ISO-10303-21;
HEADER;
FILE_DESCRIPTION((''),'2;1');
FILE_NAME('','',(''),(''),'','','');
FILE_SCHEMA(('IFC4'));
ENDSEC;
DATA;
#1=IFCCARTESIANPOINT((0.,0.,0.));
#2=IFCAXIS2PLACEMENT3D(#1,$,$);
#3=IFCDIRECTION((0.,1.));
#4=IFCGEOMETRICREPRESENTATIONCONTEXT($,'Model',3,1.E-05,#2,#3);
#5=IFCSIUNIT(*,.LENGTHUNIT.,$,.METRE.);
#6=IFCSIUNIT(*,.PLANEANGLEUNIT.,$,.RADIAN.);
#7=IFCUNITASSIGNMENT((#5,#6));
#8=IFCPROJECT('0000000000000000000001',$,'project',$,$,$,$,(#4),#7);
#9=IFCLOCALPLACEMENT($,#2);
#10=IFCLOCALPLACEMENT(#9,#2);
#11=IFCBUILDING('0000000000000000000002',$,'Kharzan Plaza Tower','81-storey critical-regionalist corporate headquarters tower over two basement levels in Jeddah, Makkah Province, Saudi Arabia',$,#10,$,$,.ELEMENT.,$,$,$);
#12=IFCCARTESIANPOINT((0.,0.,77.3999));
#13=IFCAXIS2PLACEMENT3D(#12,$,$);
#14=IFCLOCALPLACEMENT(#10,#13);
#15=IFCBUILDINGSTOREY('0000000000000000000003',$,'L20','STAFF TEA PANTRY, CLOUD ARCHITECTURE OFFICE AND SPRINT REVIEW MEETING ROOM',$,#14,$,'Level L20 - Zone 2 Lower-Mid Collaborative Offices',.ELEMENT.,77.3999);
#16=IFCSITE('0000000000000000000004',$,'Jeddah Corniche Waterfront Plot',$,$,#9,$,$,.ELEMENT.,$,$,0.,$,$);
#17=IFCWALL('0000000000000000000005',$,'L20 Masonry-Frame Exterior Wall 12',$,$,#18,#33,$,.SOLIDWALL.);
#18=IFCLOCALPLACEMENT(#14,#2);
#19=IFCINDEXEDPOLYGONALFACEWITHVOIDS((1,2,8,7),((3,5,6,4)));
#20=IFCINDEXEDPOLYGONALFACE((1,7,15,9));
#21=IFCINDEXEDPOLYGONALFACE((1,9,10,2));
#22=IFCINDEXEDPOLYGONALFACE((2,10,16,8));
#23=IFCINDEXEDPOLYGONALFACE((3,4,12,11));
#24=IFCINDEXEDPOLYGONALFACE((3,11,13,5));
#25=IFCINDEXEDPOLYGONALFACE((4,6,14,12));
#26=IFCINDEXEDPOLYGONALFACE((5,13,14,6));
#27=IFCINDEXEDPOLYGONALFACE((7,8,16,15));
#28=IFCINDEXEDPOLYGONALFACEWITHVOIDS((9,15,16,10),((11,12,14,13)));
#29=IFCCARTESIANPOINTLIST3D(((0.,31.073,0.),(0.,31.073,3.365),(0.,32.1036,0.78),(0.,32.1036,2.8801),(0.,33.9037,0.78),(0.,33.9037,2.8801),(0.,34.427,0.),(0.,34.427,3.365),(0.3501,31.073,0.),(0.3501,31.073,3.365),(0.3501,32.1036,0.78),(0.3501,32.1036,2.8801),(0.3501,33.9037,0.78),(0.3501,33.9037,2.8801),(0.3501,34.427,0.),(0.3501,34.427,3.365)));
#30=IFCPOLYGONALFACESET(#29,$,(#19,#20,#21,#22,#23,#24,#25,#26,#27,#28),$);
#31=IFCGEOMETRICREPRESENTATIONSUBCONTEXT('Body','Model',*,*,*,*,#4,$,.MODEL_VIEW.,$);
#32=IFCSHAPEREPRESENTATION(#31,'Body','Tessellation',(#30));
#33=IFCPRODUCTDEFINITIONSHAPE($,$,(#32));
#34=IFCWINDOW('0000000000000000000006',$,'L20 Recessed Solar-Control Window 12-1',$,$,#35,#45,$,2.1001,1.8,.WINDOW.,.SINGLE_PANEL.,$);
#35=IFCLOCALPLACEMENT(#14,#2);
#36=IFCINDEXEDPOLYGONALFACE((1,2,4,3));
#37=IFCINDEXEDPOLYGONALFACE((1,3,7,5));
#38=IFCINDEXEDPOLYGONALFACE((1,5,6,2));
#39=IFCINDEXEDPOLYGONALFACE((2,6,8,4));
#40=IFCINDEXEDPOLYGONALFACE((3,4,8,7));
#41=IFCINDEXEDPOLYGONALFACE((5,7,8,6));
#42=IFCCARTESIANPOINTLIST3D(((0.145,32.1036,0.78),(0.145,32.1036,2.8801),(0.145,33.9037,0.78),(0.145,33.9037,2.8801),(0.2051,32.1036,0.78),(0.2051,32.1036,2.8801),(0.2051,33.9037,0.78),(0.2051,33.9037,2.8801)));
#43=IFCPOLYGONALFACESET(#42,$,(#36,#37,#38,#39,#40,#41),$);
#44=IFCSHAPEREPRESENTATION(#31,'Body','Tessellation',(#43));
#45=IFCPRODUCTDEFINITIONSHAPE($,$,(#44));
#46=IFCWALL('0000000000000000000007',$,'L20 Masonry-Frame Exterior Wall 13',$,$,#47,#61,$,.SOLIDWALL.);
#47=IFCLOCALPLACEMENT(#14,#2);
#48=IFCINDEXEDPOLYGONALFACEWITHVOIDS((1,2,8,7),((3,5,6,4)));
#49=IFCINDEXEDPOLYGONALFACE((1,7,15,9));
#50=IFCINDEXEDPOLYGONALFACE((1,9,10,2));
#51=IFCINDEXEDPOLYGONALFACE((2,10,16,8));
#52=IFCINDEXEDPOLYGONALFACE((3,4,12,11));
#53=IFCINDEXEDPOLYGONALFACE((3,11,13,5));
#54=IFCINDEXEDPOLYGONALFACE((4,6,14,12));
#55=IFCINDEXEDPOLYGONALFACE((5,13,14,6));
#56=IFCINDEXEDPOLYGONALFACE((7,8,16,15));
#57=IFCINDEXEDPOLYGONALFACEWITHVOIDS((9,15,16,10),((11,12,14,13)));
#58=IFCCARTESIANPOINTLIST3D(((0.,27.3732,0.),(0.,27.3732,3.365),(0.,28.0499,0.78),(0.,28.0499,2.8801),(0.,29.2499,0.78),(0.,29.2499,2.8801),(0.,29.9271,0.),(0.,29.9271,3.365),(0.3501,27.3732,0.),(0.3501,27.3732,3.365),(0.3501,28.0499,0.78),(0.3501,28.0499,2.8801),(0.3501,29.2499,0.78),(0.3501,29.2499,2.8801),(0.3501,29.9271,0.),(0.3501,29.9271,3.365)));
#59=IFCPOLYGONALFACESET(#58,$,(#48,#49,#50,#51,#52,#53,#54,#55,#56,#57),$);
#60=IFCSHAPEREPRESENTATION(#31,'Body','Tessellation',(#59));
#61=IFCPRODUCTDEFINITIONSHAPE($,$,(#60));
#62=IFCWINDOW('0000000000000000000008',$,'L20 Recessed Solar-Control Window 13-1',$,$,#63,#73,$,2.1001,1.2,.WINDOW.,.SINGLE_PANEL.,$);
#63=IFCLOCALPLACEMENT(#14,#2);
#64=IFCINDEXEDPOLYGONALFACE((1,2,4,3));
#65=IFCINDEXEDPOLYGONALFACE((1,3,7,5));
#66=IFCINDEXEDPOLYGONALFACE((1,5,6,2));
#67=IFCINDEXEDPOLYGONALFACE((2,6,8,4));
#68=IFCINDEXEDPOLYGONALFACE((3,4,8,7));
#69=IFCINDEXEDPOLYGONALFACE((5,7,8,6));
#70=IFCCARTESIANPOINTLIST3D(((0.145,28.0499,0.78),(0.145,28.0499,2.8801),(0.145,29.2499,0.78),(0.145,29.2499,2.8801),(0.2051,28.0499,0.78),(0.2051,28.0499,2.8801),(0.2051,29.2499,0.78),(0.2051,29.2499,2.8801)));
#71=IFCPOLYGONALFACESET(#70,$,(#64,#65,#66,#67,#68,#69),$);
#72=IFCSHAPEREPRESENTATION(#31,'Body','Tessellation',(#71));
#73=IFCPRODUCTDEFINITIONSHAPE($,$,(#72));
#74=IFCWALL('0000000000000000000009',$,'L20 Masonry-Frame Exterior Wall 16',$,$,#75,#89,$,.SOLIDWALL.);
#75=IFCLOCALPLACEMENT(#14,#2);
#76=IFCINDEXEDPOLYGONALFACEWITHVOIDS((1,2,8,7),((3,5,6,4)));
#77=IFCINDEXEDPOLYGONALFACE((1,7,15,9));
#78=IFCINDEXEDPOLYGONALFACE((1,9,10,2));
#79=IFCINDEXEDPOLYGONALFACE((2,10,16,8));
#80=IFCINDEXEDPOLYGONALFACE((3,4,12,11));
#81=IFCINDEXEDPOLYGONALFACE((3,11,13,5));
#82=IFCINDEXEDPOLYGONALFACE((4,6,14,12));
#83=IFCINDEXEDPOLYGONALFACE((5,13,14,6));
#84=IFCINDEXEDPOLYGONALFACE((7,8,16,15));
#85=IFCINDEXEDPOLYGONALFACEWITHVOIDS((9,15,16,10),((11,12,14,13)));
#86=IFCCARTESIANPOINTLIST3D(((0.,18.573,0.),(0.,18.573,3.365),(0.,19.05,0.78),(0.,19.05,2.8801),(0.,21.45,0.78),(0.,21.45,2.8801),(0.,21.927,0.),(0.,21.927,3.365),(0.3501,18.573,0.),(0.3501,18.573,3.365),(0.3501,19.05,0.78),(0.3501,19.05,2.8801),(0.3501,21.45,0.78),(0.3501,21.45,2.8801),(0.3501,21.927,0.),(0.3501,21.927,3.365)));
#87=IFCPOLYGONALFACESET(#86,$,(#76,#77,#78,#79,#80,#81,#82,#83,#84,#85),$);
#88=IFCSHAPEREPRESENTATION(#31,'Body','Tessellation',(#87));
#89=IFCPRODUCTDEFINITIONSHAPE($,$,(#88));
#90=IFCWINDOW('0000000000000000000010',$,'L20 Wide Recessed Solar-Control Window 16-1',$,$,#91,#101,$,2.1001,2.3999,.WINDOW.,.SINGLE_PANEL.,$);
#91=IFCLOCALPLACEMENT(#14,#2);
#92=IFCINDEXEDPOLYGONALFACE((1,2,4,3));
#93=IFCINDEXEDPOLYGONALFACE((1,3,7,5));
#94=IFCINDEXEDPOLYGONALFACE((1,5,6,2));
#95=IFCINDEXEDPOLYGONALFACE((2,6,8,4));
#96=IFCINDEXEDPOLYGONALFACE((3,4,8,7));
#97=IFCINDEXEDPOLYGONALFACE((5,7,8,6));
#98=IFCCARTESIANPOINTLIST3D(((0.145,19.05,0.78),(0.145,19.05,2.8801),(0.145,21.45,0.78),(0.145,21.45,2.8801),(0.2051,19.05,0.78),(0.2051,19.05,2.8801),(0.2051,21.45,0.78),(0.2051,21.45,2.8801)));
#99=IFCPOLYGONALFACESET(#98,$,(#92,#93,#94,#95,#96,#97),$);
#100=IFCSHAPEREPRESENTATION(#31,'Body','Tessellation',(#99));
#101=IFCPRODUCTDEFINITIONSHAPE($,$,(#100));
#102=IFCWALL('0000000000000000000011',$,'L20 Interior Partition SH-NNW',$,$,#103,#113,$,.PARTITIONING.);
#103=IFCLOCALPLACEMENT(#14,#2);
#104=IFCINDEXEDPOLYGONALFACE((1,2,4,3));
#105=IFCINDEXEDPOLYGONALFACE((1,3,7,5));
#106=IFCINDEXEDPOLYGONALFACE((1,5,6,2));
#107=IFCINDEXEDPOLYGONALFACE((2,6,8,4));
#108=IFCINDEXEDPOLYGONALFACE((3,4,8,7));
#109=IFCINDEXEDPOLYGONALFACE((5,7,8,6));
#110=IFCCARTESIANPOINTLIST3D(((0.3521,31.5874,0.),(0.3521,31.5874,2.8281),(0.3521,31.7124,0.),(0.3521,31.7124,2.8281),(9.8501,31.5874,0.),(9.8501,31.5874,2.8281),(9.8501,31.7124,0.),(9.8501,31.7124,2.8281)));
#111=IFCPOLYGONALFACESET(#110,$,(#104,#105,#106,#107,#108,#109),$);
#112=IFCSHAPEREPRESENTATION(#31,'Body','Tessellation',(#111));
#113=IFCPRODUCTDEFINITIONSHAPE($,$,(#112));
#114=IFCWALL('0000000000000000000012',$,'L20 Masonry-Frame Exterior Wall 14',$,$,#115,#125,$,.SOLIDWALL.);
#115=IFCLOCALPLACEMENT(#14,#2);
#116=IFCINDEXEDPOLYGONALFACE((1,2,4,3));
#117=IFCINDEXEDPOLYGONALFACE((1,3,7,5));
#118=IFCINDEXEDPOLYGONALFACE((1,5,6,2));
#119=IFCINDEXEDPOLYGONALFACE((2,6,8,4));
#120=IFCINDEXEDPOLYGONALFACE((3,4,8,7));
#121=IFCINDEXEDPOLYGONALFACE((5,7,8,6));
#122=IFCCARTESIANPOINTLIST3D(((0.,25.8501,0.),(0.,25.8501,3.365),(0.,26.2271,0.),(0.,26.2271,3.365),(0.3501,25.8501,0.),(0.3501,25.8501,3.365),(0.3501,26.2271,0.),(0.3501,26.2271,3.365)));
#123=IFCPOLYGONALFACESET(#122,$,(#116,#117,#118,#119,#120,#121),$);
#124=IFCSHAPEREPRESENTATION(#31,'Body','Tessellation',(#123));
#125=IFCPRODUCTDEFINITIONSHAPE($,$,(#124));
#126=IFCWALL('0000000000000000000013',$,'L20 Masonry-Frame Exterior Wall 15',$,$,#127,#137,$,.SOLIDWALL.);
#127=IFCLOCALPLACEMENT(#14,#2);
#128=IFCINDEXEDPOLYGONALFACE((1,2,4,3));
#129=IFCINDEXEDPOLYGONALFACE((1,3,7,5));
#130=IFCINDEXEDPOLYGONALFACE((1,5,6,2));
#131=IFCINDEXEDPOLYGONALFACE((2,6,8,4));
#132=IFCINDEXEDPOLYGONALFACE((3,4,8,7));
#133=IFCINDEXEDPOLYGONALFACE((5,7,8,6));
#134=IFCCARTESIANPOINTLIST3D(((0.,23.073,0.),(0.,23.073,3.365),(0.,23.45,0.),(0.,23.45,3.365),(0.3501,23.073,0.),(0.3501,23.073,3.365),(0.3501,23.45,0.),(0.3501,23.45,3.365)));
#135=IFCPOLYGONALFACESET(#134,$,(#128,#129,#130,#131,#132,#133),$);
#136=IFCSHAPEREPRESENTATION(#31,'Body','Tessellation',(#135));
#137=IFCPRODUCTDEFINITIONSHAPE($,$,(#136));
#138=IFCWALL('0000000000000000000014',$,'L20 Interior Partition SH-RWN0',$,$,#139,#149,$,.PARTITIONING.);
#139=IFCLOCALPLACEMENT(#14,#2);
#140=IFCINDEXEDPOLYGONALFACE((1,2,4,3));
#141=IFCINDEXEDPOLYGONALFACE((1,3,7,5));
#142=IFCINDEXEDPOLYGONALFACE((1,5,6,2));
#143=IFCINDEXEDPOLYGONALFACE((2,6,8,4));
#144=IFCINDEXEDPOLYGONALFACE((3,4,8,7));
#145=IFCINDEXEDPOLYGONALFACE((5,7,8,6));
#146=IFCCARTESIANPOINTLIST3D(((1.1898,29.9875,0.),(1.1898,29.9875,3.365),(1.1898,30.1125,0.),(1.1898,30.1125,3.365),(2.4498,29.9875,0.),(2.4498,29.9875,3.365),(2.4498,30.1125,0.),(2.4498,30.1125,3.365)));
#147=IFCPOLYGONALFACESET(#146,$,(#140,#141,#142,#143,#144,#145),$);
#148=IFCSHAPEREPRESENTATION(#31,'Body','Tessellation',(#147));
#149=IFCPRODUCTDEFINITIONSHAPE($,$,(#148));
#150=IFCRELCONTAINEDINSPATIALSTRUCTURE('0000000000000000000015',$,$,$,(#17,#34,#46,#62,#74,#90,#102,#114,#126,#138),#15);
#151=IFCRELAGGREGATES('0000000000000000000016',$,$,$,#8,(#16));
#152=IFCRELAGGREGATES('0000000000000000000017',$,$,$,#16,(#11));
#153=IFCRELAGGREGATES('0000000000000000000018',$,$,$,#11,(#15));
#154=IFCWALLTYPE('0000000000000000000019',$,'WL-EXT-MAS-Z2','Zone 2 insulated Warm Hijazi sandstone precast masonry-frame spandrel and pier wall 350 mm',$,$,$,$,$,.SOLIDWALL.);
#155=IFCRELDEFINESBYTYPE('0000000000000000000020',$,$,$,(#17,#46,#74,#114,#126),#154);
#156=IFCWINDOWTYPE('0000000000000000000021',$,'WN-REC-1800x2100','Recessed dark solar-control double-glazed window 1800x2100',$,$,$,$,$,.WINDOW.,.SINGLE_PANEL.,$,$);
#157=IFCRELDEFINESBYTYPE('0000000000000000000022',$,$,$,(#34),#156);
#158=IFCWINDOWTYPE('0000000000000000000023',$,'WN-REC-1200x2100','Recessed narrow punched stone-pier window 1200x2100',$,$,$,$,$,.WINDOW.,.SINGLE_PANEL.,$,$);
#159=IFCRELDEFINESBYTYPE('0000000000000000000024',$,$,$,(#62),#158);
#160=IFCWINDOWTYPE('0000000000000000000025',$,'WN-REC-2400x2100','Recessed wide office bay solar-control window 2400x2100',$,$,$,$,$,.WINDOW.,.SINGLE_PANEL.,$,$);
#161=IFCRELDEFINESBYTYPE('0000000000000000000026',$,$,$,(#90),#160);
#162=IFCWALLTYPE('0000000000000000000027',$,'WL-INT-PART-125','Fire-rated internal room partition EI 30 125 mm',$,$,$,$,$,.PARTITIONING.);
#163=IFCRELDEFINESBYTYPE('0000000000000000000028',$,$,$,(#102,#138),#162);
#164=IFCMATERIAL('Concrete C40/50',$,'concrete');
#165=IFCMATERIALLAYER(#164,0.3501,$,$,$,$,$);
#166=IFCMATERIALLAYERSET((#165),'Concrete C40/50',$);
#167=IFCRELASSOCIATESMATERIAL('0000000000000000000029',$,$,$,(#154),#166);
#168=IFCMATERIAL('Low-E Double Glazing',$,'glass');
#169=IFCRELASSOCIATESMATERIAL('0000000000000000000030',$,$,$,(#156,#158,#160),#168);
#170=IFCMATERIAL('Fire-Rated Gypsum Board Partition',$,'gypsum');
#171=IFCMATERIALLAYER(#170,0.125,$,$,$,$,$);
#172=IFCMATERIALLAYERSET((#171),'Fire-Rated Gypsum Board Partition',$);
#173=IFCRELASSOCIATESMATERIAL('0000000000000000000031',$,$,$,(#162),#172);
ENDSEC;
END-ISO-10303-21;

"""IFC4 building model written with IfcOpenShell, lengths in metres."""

from ifc_helpers import new_model, si_unit, direction, frame, frame_2d, origin, place, context, subcontext, project, spatial, rectangle, extrude, source, transform, mapped, material, layer, layer_set, type_object, element, fill, save


model = new_model("IFC4")

# Units and contexts
model_context = context("Model", 3, precision=1e-05, world=origin(), true_north=direction((0.0, 1.0)))
body_context = subcontext(model_context, "Body", "Model", "MODEL_VIEW")
ifc_project = project(units=[si_unit("LENGTHUNIT", "METRE"), si_unit("PLANEANGLEUNIT", "RADIAN")], contexts=[model_context])

# Site, building, storey
site_placement = place(None, origin())
site = spatial("IfcSite", under=ifc_project, at=site_placement, Name="Jeddah Corniche Waterfront Plot", CompositionType="ELEMENT", RefElevation=0.0)
building_placement = place(site_placement, origin())
building = spatial("IfcBuilding", under=site, at=building_placement, Name="Kharzan Plaza Tower", Description="81-storey critical-regionalist corporate headquarters tower over two basement levels in Jeddah, Makkah Province, Saudi Arabia", CompositionType="ELEMENT")
storey_placement = place(building_placement, frame((0.0, 0.0, 77.3999)))
storey = spatial("IfcBuildingStorey", under=building, at=storey_placement, Name="L20", Description="STAFF TEA PANTRY, CLOUD ARCHITECTURE OFFICE AND SPRINT REVIEW MEETING ROOM", LongName="Level L20 - Zone 2 Lower-Mid Collaborative Offices", CompositionType="ELEMENT", Elevation=77.3999)

# Walls, openings, windows
ifc_material_1 = material(Name="Concrete C40/50", Category="concrete")
ifc_layer_1 = layer(ifc_material_1, 0.3501)
ifc_layer_set_1 = layer_set([ifc_layer_1], Name="Concrete C40/50")
wall_type_1 = type_object("IfcWallType", Name="WL-EXT-MAS-Z2", Description="Zone 2 insulated Warm Hijazi sandstone precast masonry-frame spandrel and pier wall 350 mm", PredefinedType="SOLIDWALL", material=ifc_layer_set_1)
wall_1_placement = place(storey_placement, frame((0.175, 34.427, 0.0), z_axis=(0.0, 0.0, 1.0), x_axis=(0.0, -1.0, 0.0)))
wall_1 = element("IfcWall", 1, at=wall_1_placement, inside=storey, type_object=wall_type_1, Name="L20 Masonry-Frame Exterior Wall 12", PredefinedType="SOLIDWALL", context=body_context, shape_type="SweptSolid", body=[
    extrude(rectangle(XDim=3.354, YDim=0.3501, at=frame_2d((1.677, 0.0))), origin(), (0.0, 0.0, 1.0), 3.365),
])
opening_1_placement = place(wall_1_placement, frame((0.5234, 0.0, 0.78)))
opening_1 = element("IfcOpeningElement", 2, at=opening_1_placement, cuts=wall_1, PredefinedType="OPENING", context=body_context, shape_type="SweptSolid", body=[
    extrude(rectangle(XDim=1.8, YDim=2.1001, at=frame_2d((0.8999, 1.05))), frame((0.0, 0.1851, 0.0), z_axis=(0.0, -1.0, 0.0), x_axis=(1.0, 0.0, 0.0)), (0.0, 0.0, 1.0), 0.3701),
])
ifc_material_2 = material(Name="Low-E Double Glazing", Category="glass")
window_type_1 = type_object("IfcWindowType", Name="WN-REC-1800x2100", Description="Recessed dark solar-control double-glazed window 1800x2100", PartitioningType="SINGLE_PANEL", PredefinedType="WINDOW", material=ifc_material_2)
shared_shape_1 = source(origin(), body_context, "Body", "SweptSolid", [
    extrude(rectangle(XDim=1.8, YDim=2.1001, at=frame_2d((0.8999, 1.05))), frame((0.0, 0.03, 0.0), z_axis=(0.0, -1.0, 0.0), x_axis=(1.0, 0.0, 0.0)), (0.0, 0.0, 1.0), 0.0601),
])
window_1_placement = place(opening_1_placement, origin())
window_1 = element("IfcWindow", 3, at=window_1_placement, inside=storey, type_object=window_type_1, Name="L20 Recessed Solar-Control Window 12-1", OverallHeight=2.1001, OverallWidth=1.8, PartitioningType="SINGLE_PANEL", PredefinedType="WINDOW", context=body_context, shape_type="MappedRepresentation", body=[
    mapped(shared_shape_1, transform((0.0, 0.0, 0.0), x_axis=(1.0, 0.0, 0.0), y_axis=(0.0, 1.0, 0.0), z_axis=(0.0, 0.0, 1.0))),
])
fill(opening_1, window_1)
wall_2_placement = place(storey_placement, frame((0.175, 29.927, 0.0), z_axis=(0.0, 0.0, 1.0), x_axis=(0.0, -1.0, 0.0)))
wall_2 = element("IfcWall", 4, at=wall_2_placement, inside=storey, type_object=wall_type_1, Name="L20 Masonry-Frame Exterior Wall 13", PredefinedType="SOLIDWALL", context=body_context, shape_type="SweptSolid", body=[
    extrude(rectangle(XDim=2.554, YDim=0.3501, at=frame_2d((1.2769, 0.0))), origin(), (0.0, 0.0, 1.0), 3.365),
])
opening_2_placement = place(wall_2_placement, frame((0.677, 0.0, 0.78)))
opening_2 = element("IfcOpeningElement", 5, at=opening_2_placement, cuts=wall_2, PredefinedType="OPENING", context=body_context, shape_type="SweptSolid", body=[
    extrude(rectangle(XDim=1.2, YDim=2.1001, at=frame_2d((0.6001, 1.05))), frame((0.0, 0.1851, 0.0), z_axis=(0.0, -1.0, 0.0), x_axis=(1.0, 0.0, 0.0)), (0.0, 0.0, 1.0), 0.3701),
])
window_type_2 = type_object("IfcWindowType", Name="WN-REC-1200x2100", Description="Recessed narrow punched stone-pier window 1200x2100", PartitioningType="SINGLE_PANEL", PredefinedType="WINDOW", material=ifc_material_2)
shared_shape_2 = source(origin(), body_context, "Body", "SweptSolid", [
    extrude(rectangle(XDim=1.2, YDim=2.1001, at=frame_2d((0.6001, 1.05))), frame((0.0, 0.03, 0.0), z_axis=(0.0, -1.0, 0.0), x_axis=(1.0, 0.0, 0.0)), (0.0, 0.0, 1.0), 0.0601),
])
window_2_placement = place(opening_2_placement, origin())
window_2 = element("IfcWindow", 6, at=window_2_placement, inside=storey, type_object=window_type_2, Name="L20 Recessed Solar-Control Window 13-1", OverallHeight=2.1001, OverallWidth=1.2, PartitioningType="SINGLE_PANEL", PredefinedType="WINDOW", context=body_context, shape_type="MappedRepresentation", body=[
    mapped(shared_shape_2, transform((0.0, 0.0, 0.0), x_axis=(1.0, 0.0, 0.0), y_axis=(0.0, 1.0, 0.0), z_axis=(0.0, 0.0, 1.0))),
])
fill(opening_2, window_2)
wall_3_placement = place(storey_placement, frame((0.175, 21.927, 0.0), z_axis=(0.0, 0.0, 1.0), x_axis=(0.0, -1.0, 0.0)))
wall_3 = element("IfcWall", 7, at=wall_3_placement, inside=storey, type_object=wall_type_1, Name="L20 Masonry-Frame Exterior Wall 16", PredefinedType="SOLIDWALL", context=body_context, shape_type="SweptSolid", body=[
    extrude(rectangle(XDim=3.354, YDim=0.3501, at=frame_2d((1.677, 0.0))), origin(), (0.0, 0.0, 1.0), 3.365),
])
opening_3_placement = place(wall_3_placement, frame((0.4771, 0.0, 0.78)))
opening_3 = element("IfcOpeningElement", 8, at=opening_3_placement, cuts=wall_3, PredefinedType="OPENING", context=body_context, shape_type="SweptSolid", body=[
    extrude(rectangle(XDim=2.3999, YDim=2.1001, at=frame_2d((1.2, 1.05))), frame((0.0, 0.1851, 0.0), z_axis=(0.0, -1.0, 0.0), x_axis=(1.0, 0.0, 0.0)), (0.0, 0.0, 1.0), 0.3701),
])
window_type_3 = type_object("IfcWindowType", Name="WN-REC-2400x2100", Description="Recessed wide office bay solar-control window 2400x2100", PartitioningType="SINGLE_PANEL", PredefinedType="WINDOW", material=ifc_material_2)
shared_shape_3 = source(origin(), body_context, "Body", "SweptSolid", [
    extrude(rectangle(XDim=2.3999, YDim=2.1001, at=frame_2d((1.2, 1.05))), frame((0.0, 0.03, 0.0), z_axis=(0.0, -1.0, 0.0), x_axis=(1.0, 0.0, 0.0)), (0.0, 0.0, 1.0), 0.0601),
])
window_3_placement = place(opening_3_placement, origin())
window_3 = element("IfcWindow", 9, at=window_3_placement, inside=storey, type_object=window_type_3, Name="L20 Wide Recessed Solar-Control Window 16-1", OverallHeight=2.1001, OverallWidth=2.3999, PartitioningType="SINGLE_PANEL", PredefinedType="WINDOW", context=body_context, shape_type="MappedRepresentation", body=[
    mapped(shared_shape_3, transform((0.0, 0.0, 0.0), x_axis=(1.0, 0.0, 0.0), y_axis=(0.0, 1.0, 0.0), z_axis=(0.0, 0.0, 1.0))),
])
fill(opening_3, window_3)

# Walls
ifc_material_3 = material(Name="Fire-Rated Gypsum Board Partition", Category="gypsum")
ifc_layer_2 = layer(ifc_material_3, 0.125)
ifc_layer_set_2 = layer_set([ifc_layer_2], Name="Fire-Rated Gypsum Board Partition")
wall_type_2 = type_object("IfcWallType", Name="WL-INT-PART-125", Description="Fire-rated internal room partition EI 30 125 mm", PredefinedType="PARTITIONING", material=ifc_layer_set_2)
shared_shape_4 = source(origin(), body_context, "Body", "SweptSolid", [
    extrude(rectangle(XDim=9.498, YDim=0.125, at=frame_2d((4.749, 0.0))), origin(), (0.0, 0.0, 1.0), 2.8281),
])
wall_4_placement = place(storey_placement, frame((0.3521, 31.6499, 0.0), z_axis=(0.0, 0.0, 1.0), x_axis=(1.0, 0.0, 0.0)))
element("IfcWall", 10, at=wall_4_placement, inside=storey, type_object=wall_type_2, Name="L20 Interior Partition SH-NNW", PredefinedType="PARTITIONING", context=body_context, shape_type="MappedRepresentation", body=[
    mapped(shared_shape_4, transform((0.0, 0.0, 0.0), x_axis=(1.0, 0.0, 0.0), y_axis=(0.0, 1.0, 0.0), z_axis=(0.0, 0.0, 1.0))),
])
shared_shape_5 = source(origin(), body_context, "Body", "SweptSolid", [
    extrude(rectangle(XDim=0.377, YDim=0.3501, at=frame_2d((0.1885, 0.0))), origin(), (0.0, 0.0, 1.0), 3.365),
])
for number, where, z_axis, x_axis, name in (
    (11, (0.175, 26.2271, 0.0), (0.0, 0.0, 1.0), (0.0, -1.0, 0.0), "L20 Masonry-Frame Exterior Wall 14"),
    (12, (0.175, 23.45, 0.0), (0.0, 0.0, 1.0), (0.0, -1.0, 0.0), "L20 Masonry-Frame Exterior Wall 15"),
):
    element("IfcWall", number, at=place(storey_placement, frame(where, z_axis=z_axis, x_axis=x_axis)), inside=storey, type_object=wall_type_1, Name=name, PredefinedType="SOLIDWALL", context=body_context, shape_type="MappedRepresentation", body=[
        mapped(shared_shape_5, transform((0.0, 0.0, 0.0), x_axis=(1.0, 0.0, 0.0), y_axis=(0.0, 1.0, 0.0), z_axis=(0.0, 0.0, 1.0))),
    ])
shared_shape_6 = source(origin(), body_context, "Body", "SweptSolid", [
    extrude(rectangle(XDim=1.26, YDim=0.125, at=frame_2d((0.6299, 0.0))), origin(), (0.0, 0.0, 1.0), 3.365),
])
wall_5_placement = place(storey_placement, frame((1.1899, 30.05, 0.0), z_axis=(0.0, 0.0, 1.0), x_axis=(1.0, 0.0, 0.0)))
element("IfcWall", 13, at=wall_5_placement, inside=storey, type_object=wall_type_2, Name="L20 Interior Partition SH-RWN0", PredefinedType="PARTITIONING", context=body_context, shape_type="MappedRepresentation", body=[
    mapped(shared_shape_6, transform((0.0, 0.0, 0.0), x_axis=(1.0, 0.0, 0.0), y_axis=(0.0, 1.0, 0.0), z_axis=(0.0, 0.0, 1.0))),
])

save(model, "model.ifc")
